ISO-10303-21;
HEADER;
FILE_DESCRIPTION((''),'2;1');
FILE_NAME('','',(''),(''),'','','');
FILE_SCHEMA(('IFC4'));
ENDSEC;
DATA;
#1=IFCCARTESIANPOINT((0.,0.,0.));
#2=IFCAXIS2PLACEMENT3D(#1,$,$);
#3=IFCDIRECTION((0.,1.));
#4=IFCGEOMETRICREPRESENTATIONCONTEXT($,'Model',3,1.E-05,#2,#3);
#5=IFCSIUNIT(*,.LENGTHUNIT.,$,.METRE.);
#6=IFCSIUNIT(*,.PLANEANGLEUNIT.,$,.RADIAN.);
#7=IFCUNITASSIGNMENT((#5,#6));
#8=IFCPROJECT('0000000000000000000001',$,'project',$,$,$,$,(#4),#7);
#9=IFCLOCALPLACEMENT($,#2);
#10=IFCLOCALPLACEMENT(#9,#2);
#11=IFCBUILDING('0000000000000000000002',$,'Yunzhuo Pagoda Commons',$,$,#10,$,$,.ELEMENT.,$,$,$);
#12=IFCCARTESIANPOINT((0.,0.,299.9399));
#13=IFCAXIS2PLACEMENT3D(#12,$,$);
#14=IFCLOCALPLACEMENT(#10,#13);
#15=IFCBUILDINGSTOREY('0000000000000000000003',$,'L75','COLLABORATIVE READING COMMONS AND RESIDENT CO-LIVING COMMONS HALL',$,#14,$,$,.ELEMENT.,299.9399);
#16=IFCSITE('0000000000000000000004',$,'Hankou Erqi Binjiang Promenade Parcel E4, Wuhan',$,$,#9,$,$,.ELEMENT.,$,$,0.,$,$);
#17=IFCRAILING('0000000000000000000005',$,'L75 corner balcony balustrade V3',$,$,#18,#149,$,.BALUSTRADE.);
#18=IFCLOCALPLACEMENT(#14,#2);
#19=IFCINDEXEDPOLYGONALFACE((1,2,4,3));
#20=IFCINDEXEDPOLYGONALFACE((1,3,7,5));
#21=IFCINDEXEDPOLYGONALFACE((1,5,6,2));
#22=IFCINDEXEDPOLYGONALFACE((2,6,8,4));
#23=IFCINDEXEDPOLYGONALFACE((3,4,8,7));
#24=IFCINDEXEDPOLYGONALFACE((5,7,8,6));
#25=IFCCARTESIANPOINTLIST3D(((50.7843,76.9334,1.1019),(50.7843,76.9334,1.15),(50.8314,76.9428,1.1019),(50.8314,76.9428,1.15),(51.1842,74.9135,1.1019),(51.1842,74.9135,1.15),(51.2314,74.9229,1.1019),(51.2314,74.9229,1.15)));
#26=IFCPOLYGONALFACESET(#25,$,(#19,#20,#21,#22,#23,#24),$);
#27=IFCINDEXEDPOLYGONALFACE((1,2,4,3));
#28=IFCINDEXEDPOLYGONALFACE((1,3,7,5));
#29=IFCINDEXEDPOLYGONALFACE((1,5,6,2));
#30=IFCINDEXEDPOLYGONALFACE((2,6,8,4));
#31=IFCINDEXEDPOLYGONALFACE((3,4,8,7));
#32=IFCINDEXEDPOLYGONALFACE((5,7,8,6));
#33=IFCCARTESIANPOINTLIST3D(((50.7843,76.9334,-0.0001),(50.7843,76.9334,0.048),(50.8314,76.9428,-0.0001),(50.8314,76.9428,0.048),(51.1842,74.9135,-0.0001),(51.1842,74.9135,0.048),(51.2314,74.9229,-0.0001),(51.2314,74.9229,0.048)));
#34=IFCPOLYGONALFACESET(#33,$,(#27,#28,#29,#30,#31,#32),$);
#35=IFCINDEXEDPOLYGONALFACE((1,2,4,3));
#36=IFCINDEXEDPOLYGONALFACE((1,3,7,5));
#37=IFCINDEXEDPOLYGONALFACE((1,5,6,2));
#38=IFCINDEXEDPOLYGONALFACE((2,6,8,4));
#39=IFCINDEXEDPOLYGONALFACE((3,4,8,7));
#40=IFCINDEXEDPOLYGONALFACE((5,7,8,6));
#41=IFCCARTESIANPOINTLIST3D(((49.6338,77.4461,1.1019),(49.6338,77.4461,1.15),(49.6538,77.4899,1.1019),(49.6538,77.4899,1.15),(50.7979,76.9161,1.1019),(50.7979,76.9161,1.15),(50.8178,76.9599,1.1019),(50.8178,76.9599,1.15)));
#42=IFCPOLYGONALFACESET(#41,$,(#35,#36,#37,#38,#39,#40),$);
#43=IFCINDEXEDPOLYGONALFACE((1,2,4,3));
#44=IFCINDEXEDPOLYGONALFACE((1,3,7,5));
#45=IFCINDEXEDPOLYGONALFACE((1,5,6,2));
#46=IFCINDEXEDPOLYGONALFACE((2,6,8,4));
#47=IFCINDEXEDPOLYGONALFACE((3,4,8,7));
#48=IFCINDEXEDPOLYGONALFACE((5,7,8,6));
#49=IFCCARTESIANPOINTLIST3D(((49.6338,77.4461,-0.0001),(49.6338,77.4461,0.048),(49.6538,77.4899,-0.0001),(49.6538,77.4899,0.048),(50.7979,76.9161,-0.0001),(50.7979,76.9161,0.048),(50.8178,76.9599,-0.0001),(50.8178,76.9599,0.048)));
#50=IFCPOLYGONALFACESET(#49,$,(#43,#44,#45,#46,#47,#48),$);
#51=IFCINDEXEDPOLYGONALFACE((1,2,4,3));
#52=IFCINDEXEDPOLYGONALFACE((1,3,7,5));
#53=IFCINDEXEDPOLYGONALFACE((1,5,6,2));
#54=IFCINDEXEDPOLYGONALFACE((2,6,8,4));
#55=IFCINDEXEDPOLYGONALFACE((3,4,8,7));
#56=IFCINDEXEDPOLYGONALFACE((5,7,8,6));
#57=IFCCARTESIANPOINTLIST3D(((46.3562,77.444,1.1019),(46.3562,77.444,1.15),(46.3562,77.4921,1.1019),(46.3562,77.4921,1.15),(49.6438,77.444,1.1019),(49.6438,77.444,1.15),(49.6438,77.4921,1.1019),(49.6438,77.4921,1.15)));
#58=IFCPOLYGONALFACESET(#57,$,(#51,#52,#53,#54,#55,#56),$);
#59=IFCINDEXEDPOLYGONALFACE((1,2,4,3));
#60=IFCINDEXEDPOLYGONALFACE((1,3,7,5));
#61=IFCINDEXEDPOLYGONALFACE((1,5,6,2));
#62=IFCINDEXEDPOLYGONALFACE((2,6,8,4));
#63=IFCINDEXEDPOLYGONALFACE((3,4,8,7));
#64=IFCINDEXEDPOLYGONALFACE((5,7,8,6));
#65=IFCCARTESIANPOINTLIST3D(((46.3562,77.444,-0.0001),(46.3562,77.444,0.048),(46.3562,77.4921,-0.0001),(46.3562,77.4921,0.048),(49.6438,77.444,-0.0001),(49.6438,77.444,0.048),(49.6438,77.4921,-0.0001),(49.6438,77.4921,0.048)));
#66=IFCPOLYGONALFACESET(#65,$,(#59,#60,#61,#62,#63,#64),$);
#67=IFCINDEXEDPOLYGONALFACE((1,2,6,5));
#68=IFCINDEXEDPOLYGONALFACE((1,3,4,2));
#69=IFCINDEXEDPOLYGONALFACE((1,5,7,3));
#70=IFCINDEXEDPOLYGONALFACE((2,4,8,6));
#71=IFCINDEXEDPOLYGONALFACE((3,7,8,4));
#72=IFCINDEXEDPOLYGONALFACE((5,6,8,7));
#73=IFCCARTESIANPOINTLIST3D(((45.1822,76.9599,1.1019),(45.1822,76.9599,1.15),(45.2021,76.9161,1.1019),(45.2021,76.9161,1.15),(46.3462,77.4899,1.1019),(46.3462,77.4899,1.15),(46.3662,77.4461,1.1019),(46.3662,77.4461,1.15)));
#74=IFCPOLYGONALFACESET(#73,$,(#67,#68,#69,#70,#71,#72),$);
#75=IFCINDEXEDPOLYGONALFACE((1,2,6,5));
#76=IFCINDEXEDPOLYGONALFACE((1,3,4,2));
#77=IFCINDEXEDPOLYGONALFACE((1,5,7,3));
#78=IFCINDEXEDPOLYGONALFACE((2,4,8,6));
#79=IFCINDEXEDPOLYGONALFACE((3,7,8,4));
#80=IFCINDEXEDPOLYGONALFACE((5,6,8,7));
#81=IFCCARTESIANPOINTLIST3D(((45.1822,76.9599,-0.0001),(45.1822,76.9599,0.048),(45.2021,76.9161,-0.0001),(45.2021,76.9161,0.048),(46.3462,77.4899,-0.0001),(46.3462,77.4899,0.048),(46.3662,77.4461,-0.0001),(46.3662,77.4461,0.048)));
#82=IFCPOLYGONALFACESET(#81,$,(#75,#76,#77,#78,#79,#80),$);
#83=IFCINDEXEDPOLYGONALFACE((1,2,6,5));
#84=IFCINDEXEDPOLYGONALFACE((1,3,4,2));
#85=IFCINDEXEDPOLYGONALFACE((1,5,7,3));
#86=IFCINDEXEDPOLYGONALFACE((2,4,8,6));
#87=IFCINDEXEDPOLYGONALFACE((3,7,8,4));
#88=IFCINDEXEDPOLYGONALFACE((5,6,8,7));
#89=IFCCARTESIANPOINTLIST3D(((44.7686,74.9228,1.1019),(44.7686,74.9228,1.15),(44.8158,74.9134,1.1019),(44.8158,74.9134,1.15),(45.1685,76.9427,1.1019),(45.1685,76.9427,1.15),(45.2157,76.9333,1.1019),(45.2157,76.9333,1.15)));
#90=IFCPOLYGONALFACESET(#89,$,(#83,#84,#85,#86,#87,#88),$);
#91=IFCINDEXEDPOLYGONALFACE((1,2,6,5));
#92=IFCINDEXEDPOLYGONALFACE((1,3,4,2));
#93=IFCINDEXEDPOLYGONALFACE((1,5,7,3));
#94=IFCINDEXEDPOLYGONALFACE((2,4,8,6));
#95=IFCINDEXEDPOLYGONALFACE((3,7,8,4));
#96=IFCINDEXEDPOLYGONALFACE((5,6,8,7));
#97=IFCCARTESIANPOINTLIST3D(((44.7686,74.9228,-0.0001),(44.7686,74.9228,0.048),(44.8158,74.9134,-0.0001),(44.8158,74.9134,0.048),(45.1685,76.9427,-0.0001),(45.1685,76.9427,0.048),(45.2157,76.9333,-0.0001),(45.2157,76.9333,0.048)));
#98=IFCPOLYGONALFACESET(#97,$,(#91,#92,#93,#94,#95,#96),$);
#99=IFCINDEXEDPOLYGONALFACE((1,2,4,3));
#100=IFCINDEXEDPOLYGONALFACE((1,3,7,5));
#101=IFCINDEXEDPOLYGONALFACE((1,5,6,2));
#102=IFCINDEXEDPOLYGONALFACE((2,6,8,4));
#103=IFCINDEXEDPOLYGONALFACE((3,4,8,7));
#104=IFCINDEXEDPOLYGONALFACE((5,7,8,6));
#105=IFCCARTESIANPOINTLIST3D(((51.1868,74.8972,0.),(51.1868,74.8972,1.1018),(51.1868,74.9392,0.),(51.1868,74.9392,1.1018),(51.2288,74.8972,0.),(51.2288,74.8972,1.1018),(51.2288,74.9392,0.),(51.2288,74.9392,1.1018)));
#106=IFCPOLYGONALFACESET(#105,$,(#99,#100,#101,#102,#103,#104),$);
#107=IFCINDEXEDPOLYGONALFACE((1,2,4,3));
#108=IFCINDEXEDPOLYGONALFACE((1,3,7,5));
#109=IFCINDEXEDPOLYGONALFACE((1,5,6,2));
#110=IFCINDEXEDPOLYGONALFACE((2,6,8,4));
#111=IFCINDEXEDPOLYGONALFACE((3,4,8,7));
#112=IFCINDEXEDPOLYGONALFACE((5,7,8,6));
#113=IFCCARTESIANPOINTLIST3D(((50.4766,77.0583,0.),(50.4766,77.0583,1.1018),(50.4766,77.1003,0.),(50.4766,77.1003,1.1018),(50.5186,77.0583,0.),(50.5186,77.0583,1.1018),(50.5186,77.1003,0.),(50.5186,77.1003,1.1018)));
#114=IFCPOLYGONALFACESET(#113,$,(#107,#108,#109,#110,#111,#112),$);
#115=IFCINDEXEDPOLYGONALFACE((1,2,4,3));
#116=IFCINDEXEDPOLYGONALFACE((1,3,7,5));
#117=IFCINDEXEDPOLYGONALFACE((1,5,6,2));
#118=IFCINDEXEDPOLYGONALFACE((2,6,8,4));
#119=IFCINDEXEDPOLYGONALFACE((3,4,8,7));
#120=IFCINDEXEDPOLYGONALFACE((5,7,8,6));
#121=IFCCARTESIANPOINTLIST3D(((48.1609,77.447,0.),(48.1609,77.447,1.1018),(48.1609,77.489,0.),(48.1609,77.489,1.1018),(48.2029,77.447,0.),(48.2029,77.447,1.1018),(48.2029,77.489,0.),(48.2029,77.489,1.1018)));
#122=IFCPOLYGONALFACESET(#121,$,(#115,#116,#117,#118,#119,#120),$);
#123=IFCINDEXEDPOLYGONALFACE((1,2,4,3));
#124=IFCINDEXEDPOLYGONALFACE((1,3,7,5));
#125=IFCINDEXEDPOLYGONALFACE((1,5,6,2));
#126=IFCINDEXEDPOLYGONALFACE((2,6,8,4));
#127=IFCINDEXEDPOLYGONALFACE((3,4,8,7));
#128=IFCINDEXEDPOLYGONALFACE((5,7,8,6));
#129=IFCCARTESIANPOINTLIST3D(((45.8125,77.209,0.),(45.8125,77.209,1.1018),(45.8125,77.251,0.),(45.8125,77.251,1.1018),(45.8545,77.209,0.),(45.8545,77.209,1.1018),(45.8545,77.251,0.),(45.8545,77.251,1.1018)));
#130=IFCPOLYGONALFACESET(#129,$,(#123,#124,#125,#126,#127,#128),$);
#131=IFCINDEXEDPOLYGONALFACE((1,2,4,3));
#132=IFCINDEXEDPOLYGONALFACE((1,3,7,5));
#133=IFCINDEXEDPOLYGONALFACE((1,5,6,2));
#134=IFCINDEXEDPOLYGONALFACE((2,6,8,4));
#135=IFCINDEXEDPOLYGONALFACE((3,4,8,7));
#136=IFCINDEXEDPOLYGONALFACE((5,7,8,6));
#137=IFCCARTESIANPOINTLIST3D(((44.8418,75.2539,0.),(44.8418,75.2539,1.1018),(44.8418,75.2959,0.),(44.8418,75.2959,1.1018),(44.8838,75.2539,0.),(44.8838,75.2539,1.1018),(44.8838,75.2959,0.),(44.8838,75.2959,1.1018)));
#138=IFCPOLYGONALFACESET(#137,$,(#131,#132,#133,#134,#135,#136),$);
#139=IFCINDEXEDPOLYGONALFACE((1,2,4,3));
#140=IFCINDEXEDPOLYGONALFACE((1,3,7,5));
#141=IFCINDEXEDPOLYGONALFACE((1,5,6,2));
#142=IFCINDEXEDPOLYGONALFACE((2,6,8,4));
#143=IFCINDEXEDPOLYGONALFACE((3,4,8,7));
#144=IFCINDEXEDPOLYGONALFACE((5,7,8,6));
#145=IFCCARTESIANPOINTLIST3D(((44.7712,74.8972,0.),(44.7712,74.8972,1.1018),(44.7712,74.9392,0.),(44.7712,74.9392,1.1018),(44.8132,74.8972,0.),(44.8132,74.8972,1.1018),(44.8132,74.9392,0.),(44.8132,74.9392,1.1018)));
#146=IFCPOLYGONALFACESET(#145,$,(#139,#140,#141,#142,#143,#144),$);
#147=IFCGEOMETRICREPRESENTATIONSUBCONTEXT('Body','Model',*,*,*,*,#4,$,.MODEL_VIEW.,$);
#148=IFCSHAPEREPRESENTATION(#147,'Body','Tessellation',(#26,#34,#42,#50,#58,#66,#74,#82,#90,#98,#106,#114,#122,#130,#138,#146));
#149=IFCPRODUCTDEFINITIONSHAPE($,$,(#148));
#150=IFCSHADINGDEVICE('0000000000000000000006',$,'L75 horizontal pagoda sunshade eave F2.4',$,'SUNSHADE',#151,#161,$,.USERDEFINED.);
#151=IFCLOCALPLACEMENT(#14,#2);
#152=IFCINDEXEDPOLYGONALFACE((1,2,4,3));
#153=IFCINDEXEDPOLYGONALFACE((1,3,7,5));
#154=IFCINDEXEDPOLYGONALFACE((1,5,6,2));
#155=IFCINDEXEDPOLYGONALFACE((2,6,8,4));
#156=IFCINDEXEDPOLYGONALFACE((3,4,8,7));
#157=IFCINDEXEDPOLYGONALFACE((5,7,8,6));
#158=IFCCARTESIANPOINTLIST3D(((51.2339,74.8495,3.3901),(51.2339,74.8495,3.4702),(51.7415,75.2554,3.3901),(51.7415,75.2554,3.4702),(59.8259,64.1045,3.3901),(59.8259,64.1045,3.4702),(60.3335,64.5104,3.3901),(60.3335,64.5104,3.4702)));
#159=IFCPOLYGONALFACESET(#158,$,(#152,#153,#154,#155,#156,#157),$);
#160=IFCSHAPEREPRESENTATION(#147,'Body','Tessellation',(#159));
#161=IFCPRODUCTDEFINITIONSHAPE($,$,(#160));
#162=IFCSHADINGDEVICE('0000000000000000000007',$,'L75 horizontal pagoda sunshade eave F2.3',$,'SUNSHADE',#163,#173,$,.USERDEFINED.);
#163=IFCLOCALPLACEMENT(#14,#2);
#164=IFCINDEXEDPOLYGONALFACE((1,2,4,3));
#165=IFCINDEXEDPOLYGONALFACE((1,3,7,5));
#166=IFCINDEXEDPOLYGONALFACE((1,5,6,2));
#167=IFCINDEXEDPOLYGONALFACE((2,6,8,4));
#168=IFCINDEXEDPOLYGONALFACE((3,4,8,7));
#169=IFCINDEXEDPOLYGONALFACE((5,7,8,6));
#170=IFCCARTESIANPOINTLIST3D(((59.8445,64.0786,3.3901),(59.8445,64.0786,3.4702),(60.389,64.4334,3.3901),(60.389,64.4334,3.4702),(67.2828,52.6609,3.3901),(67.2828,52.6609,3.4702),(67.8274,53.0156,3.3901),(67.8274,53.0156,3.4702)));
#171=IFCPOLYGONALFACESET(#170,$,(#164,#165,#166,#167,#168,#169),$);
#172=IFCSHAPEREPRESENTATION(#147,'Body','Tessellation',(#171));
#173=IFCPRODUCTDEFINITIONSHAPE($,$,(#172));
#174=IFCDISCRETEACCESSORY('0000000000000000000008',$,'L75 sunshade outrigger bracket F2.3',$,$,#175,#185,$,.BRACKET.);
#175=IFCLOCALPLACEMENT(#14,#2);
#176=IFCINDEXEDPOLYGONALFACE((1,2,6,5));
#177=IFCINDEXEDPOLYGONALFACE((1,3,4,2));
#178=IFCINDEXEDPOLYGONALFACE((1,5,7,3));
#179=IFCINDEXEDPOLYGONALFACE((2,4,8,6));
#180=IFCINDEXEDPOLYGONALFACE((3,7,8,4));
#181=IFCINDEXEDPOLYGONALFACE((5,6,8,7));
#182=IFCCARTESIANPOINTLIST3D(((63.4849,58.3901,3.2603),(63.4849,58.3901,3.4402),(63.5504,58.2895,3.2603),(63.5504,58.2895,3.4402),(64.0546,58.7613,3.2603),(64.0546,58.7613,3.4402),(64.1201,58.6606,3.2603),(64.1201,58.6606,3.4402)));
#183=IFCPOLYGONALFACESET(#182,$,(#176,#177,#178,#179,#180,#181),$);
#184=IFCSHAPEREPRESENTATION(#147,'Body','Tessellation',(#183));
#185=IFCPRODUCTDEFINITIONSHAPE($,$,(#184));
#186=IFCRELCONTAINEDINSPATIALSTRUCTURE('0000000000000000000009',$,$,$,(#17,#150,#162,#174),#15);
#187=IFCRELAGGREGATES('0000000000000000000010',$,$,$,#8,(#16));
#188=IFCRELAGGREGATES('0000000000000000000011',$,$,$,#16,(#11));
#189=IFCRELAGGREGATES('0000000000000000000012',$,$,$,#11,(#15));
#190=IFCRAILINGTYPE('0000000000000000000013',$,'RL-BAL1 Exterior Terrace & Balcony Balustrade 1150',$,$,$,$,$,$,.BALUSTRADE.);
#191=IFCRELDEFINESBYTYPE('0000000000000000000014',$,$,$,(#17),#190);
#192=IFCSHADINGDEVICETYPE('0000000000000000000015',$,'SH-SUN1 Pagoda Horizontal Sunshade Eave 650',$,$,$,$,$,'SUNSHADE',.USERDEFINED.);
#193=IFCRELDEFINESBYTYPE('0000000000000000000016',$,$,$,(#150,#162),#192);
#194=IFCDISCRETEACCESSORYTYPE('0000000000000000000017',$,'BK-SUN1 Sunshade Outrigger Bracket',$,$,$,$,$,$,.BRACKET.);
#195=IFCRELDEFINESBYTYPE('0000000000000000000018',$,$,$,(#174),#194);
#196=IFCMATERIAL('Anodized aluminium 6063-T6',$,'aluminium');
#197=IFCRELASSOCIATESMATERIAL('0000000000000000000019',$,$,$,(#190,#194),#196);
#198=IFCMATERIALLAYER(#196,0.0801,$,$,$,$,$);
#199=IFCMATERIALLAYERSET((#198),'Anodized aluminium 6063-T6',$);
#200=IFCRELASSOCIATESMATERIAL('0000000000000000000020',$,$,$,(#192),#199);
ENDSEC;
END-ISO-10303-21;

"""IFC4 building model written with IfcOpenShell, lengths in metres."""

from ifc_helpers import new_model, si_unit, direction, frame, origin, origin_2d, place, context, subcontext, project, spatial, rectangle, extrude, source, transform, mapped, material, layer, layer_set, type_object, element, save


model = new_model("IFC4")

# Units and contexts
model_context = context("Model", 3, precision=1e-05, world=origin(), true_north=direction((0.0, 1.0)))
body_context = subcontext(model_context, "Body", "Model", "MODEL_VIEW")
ifc_project = project(units=[si_unit("LENGTHUNIT", "METRE"), si_unit("PLANEANGLEUNIT", "RADIAN")], contexts=[model_context])

# Site, building, storey
site_placement = place(None, origin())
site = spatial("IfcSite", under=ifc_project, at=site_placement, Name="Hankou Erqi Binjiang Promenade Parcel E4, Wuhan", CompositionType="ELEMENT", RefElevation=0.0)
building_placement = place(site_placement, origin())
building = spatial("IfcBuilding", under=site, at=building_placement, Name="Yunzhuo Pagoda Commons", CompositionType="ELEMENT")
storey_placement = place(building_placement, frame((0.0, 0.0, 299.9399)))
storey = spatial("IfcBuildingStorey", under=building, at=storey_placement, Name="L75", Description="COLLABORATIVE READING COMMONS AND RESIDENT CO-LIVING COMMONS HALL", CompositionType="ELEMENT", Elevation=299.9399)

# Shared definitions
ifc_material_1 = material(Name="Anodized aluminium 6063-T6", Category="aluminium")

# Railing
railing_type = type_object("IfcRailingType", Name="RL-BAL1 Exterior Terrace & Balcony Balustrade 1150", PredefinedType="BALUSTRADE", material=ifc_material_1)
railing_placement = place(storey_placement, frame((51.2078, 74.9182, 0.0)))
element("IfcRailing", 1, at=railing_placement, inside=storey, type_object=railing_type, Name="L75 corner balcony balustrade V3", PredefinedType="BALUSTRADE", context=body_context, shape_type="SweptSolid", body=[
    extrude(rectangle(XDim=0.0481, YDim=0.0481, at=origin_2d()), frame((0.0, 0.0, 1.126), z_axis=(-0.194223, 0.980957, 0.0), x_axis=(-0.980957, -0.194223, 0.0)), (0.0, 0.0, 1.0), 2.0591),
    extrude(rectangle(XDim=0.0481, YDim=0.0481, at=origin_2d()), frame((0.0, 0.0, 0.0239), z_axis=(-0.194223, 0.980957, 0.0), x_axis=(-0.980957, -0.194223, 0.0)), (0.0, 0.0, 1.0), 2.0591),
    extrude(rectangle(XDim=0.0481, YDim=0.0481, at=origin_2d()), frame((-0.3999, 2.0198, 1.126), z_axis=(-0.910098, 0.414392, 0.0), x_axis=(-0.414392, -0.910098, 0.0)), (0.0, 0.0, 1.0), 1.2791),
    extrude(rectangle(XDim=0.0481, YDim=0.0481, at=origin_2d()), frame((-0.3999, 2.0198, 0.0239), z_axis=(-0.910098, 0.414392, 0.0), x_axis=(-0.414392, -0.910098, 0.0)), (0.0, 0.0, 1.0), 1.2791),
    extrude(rectangle(XDim=0.0481, YDim=0.0481, at=origin_2d()), frame((-1.564, 2.5498, 1.126), z_axis=(-1.0, 0.0, 0.0), x_axis=(0.0, -1.0, 0.0)), (0.0, 0.0, 1.0), 3.2876),
    extrude(rectangle(XDim=0.0481, YDim=0.0481, at=origin_2d()), frame((-1.564, 2.5498, 0.0239), z_axis=(-1.0, 0.0, 0.0), x_axis=(0.0, -1.0, 0.0)), (0.0, 0.0, 1.0), 3.2876),
    extrude(rectangle(XDim=0.0481, YDim=0.0481, at=origin_2d()), frame((-4.8516, 2.5498, 1.126), z_axis=(-0.910098, -0.414392, 0.0), x_axis=(0.414392, -0.910098, 0.0)), (0.0, 0.0, 1.0), 1.2791),
    extrude(rectangle(XDim=0.0481, YDim=0.0481, at=origin_2d()), frame((-4.8516, 2.5498, 0.0239), z_axis=(-0.910098, -0.414392, 0.0), x_axis=(0.414392, -0.910098, 0.0)), (0.0, 0.0, 1.0), 1.2791),
    extrude(rectangle(XDim=0.0481, YDim=0.0481, at=origin_2d()), frame((-6.0156, 2.0198, 1.126), z_axis=(-0.194223, -0.980957, 0.0), x_axis=(0.980957, -0.194223, 0.0)), (0.0, 0.0, 1.0), 2.0591),
    extrude(rectangle(XDim=0.0481, YDim=0.0481, at=origin_2d()), frame((-6.0156, 2.0198, 0.0239), z_axis=(-0.194223, -0.980957, 0.0), x_axis=(0.980957, -0.194223, 0.0)), (0.0, 0.0, 1.0), 2.0591),
    extrude(rectangle(XDim=0.042, YDim=0.042, at=origin_2d()), origin(), (0.0, 0.0, 1.0), 1.1018),
    extrude(rectangle(XDim=0.042, YDim=0.042, at=origin_2d()), frame((-0.7102, 2.1611, 0.0)), (0.0, 0.0, 1.0), 1.1018),
    extrude(rectangle(XDim=0.042, YDim=0.042, at=origin_2d()), frame((-3.0259, 2.5498, 0.0)), (0.0, 0.0, 1.0), 1.1018),
    extrude(rectangle(XDim=0.042, YDim=0.042, at=origin_2d()), frame((-5.3743, 2.3118, 0.0)), (0.0, 0.0, 1.0), 1.1018),
    extrude(rectangle(XDim=0.042, YDim=0.042, at=origin_2d()), frame((-6.345, 0.3567, 0.0)), (0.0, 0.0, 1.0), 1.1018),
    extrude(rectangle(XDim=0.042, YDim=0.042, at=origin_2d()), frame((-6.4155, 0.0, 0.0)), (0.0, 0.0, 1.0), 1.1018),
])

# Shading devices
ifc_layer_1 = layer(ifc_material_1, 0.0801)
ifc_layer_set_1 = layer_set([ifc_layer_1], Name="Anodized aluminium 6063-T6")
shading_device_type = type_object("IfcShadingDeviceType", Name="SH-SUN1 Pagoda Horizontal Sunshade Eave 650", ElementType="SUNSHADE", PredefinedType="USERDEFINED", material=ifc_layer_set_1)
shared_shape_1 = source(origin(), body_context, "Body", "SweptSolid", [
    extrude(rectangle(XDim=13.7578, YDim=0.6499, at=origin_2d()), origin(), (0.0, 0.0, 1.0), 0.0801),
])
shading_device_1_placement = place(storey_placement, frame((55.7837, 69.6799, 3.3901), z_axis=(0.0, 0.0, 1.0), x_axis=(-0.62452, 0.781008, 0.0)))
element("IfcShadingDevice", 2, at=shading_device_1_placement, inside=storey, type_object=shading_device_type, Name="L75 horizontal pagoda sunshade eave F2.4", ObjectType="SUNSHADE", PredefinedType="USERDEFINED", context=body_context, shape_type="MappedRepresentation", body=[
    mapped(shared_shape_1, transform((0.0, 0.0, 0.0), scale=1.0)),
])
shared_shape_2 = source(origin(), body_context, "Body", "SweptSolid", [
    extrude(rectangle(XDim=13.627, YDim=0.6499, at=origin_2d()), origin(), (0.0, 0.0, 1.0), 0.0801),
])
shading_device_2_placement = place(storey_placement, frame((63.8359, 58.5471, 3.3901), z_axis=(0.0, 0.0, 1.0), x_axis=(-0.545853, 0.837881, 0.0)))
element("IfcShadingDevice", 3, at=shading_device_2_placement, inside=storey, type_object=shading_device_type, Name="L75 horizontal pagoda sunshade eave F2.3", ObjectType="SUNSHADE", PredefinedType="USERDEFINED", context=body_context, shape_type="MappedRepresentation", body=[
    mapped(shared_shape_2, transform((0.0, 0.0, 0.0), scale=1.0)),
])

# Discrete accessory
discrete_accessory_type = type_object("IfcDiscreteAccessoryType", Name="BK-SUN1 Sunshade Outrigger Bracket", PredefinedType="BRACKET", material=ifc_material_1)
shared_shape_3 = source(origin(), body_context, "Body", "SweptSolid", [
    extrude(rectangle(XDim=0.1201, YDim=0.6799, at=origin_2d()), origin(), (0.0, 0.0, 1.0), 0.1799),
])
discrete_accessory_placement = place(storey_placement, frame((63.8025, 58.5254, 3.2603), z_axis=(0.0, 0.0, 1.0), x_axis=(-0.545853, 0.837881, 0.0)))
element("IfcDiscreteAccessory", 4, at=discrete_accessory_placement, inside=storey, type_object=discrete_accessory_type, Name="L75 sunshade outrigger bracket F2.3", PredefinedType="BRACKET", context=body_context, shape_type="MappedRepresentation", body=[
    mapped(shared_shape_3, transform((0.0, 0.0, 0.0), scale=1.0)),
])

save(model, "model.ifc")
